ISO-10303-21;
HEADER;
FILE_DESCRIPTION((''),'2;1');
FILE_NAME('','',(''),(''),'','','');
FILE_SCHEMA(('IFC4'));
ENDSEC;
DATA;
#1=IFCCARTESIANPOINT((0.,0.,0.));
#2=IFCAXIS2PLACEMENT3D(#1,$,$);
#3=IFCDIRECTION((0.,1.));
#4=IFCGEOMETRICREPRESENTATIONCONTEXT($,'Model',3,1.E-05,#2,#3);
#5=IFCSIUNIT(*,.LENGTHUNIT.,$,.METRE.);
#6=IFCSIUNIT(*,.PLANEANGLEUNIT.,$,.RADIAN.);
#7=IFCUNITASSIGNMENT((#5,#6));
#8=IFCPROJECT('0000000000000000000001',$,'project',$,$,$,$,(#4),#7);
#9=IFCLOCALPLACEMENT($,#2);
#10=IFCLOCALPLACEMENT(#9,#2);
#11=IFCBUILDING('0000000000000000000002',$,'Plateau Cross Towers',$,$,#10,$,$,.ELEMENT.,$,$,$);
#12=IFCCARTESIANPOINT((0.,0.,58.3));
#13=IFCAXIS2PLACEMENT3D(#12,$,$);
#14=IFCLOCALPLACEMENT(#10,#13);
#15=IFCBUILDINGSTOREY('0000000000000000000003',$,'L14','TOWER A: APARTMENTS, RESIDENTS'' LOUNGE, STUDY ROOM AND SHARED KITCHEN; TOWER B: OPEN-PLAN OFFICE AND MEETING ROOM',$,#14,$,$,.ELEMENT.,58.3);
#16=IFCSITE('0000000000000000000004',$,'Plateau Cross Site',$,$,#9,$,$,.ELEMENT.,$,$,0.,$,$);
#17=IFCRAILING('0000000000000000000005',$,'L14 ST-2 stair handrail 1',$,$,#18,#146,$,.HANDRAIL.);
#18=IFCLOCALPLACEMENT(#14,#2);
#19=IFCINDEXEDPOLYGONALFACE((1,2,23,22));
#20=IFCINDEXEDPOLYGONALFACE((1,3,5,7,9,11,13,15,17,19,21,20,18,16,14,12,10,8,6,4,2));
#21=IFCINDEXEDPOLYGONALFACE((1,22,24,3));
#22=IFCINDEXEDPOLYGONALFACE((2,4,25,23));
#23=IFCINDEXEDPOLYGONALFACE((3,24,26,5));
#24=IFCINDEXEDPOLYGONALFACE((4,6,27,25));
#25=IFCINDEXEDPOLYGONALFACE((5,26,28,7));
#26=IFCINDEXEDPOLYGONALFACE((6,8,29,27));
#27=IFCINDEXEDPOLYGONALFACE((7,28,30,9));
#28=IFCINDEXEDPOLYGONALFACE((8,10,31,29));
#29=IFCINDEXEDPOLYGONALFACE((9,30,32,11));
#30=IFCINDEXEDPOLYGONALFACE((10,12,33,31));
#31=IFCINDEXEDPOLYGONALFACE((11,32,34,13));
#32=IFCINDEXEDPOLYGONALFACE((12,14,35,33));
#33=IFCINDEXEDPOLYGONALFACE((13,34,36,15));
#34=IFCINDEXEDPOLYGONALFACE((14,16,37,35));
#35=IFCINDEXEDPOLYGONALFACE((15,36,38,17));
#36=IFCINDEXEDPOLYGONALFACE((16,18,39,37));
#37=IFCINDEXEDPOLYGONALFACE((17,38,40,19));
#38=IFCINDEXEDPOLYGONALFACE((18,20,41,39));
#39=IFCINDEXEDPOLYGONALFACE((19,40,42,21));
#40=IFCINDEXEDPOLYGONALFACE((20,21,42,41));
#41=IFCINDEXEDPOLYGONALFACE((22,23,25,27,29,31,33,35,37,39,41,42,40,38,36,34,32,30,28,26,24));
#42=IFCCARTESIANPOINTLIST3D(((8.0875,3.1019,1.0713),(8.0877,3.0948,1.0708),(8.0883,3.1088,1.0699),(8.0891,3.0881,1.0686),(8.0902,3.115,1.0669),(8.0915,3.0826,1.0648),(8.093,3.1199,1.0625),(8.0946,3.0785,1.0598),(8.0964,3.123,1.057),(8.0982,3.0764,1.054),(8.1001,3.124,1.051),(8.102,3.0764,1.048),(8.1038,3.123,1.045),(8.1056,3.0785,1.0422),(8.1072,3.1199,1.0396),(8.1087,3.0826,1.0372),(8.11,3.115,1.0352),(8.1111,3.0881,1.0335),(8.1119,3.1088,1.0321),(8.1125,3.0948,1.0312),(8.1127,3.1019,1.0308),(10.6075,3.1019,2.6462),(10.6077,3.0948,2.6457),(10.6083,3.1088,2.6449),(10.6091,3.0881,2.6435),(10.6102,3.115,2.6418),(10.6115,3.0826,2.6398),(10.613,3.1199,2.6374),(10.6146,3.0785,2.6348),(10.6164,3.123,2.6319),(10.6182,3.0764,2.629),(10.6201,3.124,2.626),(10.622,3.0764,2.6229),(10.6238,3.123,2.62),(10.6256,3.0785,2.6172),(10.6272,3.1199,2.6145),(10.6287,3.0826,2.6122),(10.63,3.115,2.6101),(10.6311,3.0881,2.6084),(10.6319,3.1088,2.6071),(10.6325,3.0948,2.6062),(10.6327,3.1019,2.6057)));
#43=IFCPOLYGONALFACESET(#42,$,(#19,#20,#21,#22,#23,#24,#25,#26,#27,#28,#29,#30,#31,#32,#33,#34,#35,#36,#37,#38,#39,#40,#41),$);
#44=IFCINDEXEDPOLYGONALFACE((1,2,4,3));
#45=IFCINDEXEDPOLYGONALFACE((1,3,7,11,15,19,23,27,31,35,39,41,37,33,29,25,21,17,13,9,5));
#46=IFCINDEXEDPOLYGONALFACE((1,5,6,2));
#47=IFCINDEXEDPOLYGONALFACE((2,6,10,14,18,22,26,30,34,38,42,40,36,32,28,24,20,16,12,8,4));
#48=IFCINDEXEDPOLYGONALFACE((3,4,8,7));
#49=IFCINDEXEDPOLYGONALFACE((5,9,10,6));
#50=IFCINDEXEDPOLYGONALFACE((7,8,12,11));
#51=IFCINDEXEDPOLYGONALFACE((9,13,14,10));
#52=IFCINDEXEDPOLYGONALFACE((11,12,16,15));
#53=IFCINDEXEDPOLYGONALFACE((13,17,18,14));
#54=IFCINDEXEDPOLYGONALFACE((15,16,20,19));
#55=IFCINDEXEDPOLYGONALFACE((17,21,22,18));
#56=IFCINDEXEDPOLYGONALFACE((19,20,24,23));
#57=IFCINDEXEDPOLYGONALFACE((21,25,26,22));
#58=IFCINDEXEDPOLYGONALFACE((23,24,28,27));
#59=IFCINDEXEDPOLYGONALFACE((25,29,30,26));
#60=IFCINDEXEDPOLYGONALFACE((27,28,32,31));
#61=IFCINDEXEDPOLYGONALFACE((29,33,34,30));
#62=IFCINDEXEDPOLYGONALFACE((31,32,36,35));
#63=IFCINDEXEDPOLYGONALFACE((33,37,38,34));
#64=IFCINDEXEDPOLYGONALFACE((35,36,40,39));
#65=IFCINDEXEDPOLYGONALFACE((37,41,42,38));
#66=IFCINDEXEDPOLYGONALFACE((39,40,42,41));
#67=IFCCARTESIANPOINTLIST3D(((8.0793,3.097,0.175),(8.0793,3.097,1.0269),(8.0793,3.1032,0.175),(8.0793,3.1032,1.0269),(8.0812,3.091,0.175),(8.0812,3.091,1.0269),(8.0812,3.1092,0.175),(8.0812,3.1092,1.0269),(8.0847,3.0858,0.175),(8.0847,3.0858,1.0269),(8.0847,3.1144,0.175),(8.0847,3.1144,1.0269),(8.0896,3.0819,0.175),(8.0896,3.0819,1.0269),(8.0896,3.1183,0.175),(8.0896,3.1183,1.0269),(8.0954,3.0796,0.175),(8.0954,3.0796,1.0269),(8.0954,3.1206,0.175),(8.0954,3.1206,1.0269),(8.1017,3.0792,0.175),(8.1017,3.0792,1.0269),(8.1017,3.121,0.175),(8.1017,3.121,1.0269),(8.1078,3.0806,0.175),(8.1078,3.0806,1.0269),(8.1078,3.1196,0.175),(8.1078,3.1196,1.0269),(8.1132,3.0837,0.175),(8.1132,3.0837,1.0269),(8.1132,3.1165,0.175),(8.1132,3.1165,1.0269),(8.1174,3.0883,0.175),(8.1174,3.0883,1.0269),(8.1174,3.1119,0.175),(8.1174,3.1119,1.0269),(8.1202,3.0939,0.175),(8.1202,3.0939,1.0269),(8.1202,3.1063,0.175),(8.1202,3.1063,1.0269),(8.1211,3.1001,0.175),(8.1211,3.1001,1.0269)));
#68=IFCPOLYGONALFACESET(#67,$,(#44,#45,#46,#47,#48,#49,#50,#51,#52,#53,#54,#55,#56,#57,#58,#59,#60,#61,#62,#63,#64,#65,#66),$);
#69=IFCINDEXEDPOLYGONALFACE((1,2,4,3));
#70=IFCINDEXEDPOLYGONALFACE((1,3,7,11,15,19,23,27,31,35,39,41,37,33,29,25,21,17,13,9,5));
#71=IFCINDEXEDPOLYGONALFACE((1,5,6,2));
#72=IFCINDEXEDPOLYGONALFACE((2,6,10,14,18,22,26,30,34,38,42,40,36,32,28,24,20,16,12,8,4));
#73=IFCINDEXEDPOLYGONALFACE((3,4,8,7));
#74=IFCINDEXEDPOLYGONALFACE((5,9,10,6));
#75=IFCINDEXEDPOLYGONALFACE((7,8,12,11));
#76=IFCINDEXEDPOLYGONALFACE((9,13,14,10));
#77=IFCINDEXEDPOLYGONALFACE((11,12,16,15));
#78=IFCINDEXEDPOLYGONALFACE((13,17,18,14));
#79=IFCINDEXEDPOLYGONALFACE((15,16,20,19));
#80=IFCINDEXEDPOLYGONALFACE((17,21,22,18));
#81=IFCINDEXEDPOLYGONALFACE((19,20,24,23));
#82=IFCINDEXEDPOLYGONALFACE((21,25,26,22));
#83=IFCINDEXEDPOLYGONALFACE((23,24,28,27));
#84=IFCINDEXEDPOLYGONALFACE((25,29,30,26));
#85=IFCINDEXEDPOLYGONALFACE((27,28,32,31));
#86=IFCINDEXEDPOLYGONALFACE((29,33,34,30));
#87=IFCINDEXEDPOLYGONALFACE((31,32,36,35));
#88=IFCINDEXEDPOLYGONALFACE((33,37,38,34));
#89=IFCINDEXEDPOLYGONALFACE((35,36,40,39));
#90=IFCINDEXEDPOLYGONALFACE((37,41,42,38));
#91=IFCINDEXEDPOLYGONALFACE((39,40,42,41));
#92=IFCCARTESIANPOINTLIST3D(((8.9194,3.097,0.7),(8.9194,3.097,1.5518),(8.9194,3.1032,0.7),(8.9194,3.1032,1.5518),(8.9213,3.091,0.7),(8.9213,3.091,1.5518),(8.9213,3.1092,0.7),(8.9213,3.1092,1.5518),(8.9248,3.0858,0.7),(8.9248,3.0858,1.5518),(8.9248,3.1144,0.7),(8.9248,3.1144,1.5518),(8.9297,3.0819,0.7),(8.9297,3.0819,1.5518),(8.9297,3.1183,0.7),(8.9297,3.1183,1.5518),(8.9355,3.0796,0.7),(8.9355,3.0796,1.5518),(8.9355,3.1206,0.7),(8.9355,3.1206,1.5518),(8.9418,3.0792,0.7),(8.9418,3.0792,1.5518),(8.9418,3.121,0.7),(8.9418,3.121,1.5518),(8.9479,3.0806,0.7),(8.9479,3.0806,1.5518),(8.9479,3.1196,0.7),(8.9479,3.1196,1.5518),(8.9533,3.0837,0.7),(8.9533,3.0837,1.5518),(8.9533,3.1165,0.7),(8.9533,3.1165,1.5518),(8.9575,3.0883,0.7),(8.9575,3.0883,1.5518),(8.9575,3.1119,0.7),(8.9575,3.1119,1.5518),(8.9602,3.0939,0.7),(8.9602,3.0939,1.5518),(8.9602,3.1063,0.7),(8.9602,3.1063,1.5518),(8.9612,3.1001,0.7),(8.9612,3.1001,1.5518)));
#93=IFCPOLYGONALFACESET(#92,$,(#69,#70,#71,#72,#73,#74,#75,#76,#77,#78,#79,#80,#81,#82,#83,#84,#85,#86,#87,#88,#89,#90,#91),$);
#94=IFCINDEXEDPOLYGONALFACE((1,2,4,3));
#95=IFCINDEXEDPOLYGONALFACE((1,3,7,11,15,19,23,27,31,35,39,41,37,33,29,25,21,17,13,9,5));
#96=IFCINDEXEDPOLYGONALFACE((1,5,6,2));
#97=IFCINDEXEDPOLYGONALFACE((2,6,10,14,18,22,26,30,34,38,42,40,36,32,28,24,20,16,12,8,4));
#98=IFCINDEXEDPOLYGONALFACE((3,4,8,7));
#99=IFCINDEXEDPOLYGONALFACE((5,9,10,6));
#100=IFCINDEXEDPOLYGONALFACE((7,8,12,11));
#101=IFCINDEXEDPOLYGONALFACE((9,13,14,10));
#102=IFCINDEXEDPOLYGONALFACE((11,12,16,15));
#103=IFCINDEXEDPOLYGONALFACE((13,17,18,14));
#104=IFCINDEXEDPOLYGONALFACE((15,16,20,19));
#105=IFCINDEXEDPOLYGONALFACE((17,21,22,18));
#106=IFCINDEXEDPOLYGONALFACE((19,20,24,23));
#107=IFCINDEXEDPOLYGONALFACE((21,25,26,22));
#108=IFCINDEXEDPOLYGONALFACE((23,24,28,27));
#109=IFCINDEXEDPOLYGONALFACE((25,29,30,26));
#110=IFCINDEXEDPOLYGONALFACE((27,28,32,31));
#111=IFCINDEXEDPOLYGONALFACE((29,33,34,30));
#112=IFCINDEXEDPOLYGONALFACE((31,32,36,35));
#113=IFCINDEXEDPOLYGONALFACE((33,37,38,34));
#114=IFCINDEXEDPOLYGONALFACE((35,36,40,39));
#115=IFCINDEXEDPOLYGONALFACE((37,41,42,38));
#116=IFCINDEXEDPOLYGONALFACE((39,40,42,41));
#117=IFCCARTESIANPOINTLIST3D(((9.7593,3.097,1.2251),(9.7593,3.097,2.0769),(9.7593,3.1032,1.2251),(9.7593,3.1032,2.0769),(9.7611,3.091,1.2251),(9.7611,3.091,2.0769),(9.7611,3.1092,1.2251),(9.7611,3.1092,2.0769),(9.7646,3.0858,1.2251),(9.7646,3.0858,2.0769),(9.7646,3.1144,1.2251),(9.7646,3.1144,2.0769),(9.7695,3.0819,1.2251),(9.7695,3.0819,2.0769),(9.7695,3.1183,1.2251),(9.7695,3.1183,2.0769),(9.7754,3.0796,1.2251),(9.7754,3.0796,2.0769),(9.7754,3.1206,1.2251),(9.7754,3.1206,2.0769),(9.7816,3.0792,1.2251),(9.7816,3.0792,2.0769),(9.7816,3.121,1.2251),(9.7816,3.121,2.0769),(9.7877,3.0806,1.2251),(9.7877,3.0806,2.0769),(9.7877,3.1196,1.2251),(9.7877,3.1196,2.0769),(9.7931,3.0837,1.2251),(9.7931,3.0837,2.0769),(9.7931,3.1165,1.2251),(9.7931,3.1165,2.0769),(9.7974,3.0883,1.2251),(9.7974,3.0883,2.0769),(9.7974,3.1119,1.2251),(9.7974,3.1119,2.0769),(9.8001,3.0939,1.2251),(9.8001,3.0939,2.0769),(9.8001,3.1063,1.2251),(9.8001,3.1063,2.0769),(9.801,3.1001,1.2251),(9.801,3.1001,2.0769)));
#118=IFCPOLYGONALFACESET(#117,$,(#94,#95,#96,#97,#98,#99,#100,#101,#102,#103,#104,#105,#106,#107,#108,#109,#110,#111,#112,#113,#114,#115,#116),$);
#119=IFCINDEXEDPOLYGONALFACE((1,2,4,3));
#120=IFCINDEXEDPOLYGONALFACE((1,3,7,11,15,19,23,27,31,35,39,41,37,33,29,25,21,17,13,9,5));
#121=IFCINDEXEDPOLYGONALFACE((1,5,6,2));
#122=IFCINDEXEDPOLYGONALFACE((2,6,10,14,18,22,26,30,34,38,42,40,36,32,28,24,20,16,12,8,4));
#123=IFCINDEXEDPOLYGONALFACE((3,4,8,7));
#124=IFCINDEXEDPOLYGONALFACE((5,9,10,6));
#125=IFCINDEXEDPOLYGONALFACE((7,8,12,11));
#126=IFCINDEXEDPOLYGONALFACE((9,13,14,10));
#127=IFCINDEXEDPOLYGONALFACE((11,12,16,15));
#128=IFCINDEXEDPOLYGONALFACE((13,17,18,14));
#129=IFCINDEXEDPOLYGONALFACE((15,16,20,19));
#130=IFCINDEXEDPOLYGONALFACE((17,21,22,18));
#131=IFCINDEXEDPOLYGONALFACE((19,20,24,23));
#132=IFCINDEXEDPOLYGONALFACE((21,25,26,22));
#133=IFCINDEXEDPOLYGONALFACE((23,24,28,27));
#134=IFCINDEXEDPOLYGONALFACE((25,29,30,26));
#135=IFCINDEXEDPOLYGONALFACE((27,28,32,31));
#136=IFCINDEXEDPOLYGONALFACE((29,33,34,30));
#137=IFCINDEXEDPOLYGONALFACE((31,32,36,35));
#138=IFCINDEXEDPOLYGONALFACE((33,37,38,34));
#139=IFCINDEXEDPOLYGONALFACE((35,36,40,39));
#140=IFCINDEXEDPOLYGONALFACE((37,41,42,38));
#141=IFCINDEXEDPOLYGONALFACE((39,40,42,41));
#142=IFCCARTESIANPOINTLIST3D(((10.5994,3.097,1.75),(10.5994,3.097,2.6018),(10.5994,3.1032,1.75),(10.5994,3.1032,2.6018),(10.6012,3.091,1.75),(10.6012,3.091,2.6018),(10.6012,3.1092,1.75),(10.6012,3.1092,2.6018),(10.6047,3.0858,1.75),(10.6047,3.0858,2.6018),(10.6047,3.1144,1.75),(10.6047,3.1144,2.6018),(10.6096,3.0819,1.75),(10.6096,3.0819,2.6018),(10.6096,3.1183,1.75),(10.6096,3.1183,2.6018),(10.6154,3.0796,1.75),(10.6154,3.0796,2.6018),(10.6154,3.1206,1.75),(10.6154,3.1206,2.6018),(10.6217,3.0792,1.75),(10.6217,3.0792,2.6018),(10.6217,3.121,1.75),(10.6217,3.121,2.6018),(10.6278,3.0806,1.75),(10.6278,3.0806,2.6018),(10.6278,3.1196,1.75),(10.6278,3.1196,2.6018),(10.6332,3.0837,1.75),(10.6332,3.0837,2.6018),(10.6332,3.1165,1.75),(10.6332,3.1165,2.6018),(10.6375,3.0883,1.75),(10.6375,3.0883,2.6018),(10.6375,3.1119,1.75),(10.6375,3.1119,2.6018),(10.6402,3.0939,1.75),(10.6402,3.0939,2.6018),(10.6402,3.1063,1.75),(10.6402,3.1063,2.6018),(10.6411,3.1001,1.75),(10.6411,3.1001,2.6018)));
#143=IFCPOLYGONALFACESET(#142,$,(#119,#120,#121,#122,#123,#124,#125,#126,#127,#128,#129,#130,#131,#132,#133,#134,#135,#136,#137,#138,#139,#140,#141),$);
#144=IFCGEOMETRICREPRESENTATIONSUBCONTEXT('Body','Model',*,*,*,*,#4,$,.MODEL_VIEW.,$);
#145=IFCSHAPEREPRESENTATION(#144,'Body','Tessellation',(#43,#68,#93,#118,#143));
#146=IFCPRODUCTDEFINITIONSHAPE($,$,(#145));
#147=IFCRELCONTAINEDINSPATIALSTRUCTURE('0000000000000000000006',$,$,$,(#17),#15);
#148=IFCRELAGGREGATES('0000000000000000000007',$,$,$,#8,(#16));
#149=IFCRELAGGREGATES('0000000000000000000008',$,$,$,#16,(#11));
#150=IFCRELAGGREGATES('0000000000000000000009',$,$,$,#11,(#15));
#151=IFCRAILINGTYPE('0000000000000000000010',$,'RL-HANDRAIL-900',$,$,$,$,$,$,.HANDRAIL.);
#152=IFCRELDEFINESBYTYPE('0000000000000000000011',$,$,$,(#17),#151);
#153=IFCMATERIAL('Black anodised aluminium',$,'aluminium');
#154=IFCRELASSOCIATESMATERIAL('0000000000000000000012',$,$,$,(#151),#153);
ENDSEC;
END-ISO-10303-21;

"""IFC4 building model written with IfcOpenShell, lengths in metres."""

from ifc_helpers import new_model, si_unit, direction, frame, origin, origin_2d, place, context, subcontext, project, spatial, circle, extrude, material, type_object, element, save


model = new_model("IFC4")

# Units and contexts
model_context = context("Model", 3, precision=1e-05, world=origin(), true_north=direction((0.0, 1.0)))
body_context = subcontext(model_context, "Body", "Model", "MODEL_VIEW")
ifc_project = project(units=[si_unit("LENGTHUNIT", "METRE"), si_unit("PLANEANGLEUNIT", "RADIAN")], contexts=[model_context])

# Site, building, storey
site_placement = place(None, origin())
site = spatial("IfcSite", under=ifc_project, at=site_placement, Name="Plateau Cross Site", CompositionType="ELEMENT", RefElevation=0.0)
building_placement = place(site_placement, origin())
building = spatial("IfcBuilding", under=site, at=building_placement, Name="Plateau Cross Towers", CompositionType="ELEMENT")
storey_placement = place(building_placement, frame((0.0, 0.0, 58.3)))
storey = spatial("IfcBuildingStorey", under=building, at=storey_placement, Name="L14", Description="TOWER A: APARTMENTS, RESIDENTS' LOUNGE, STUDY ROOM AND SHARED KITCHEN; TOWER B: OPEN-PLAN OFFICE AND MEETING ROOM", CompositionType="ELEMENT", Elevation=58.3)

# Shared definitions
ifc_material_1 = material(Name="Black anodised aluminium", Category="aluminium")

# Railing
railing_type_1 = type_object("IfcRailingType", Name="RL-HANDRAIL-900", PredefinedType="HANDRAIL", material=ifc_material_1)
railing_1_placement = place(storey_placement, frame((8.1001, 3.1001, 0.175)))
element("IfcRailing", 1, at=railing_1_placement, inside=storey, type_object=railing_type_1, Name="L14 ST-2 stair handrail 1", PredefinedType="HANDRAIL", context=body_context, shape_type="SweptSolid", body=[
    extrude(circle(Radius=0.0239, at=origin_2d()), frame((0.0, 0.0, 0.876), z_axis=(0.848008, 0.0, 0.529984), x_axis=(0.0, 1.0, 0.0)), (0.0, 0.0, 1.0), 2.9717),
    extrude(circle(Radius=0.021, at=origin_2d()), origin(), (0.0, 0.0, 1.0), 0.8518),
    extrude(circle(Radius=0.021, at=origin_2d()), frame((0.8401, 0.0, 0.5249)), (0.0, 0.0, 1.0), 0.8518),
    extrude(circle(Radius=0.021, at=origin_2d()), frame((1.6799, 0.0, 1.05)), (0.0, 0.0, 1.0), 0.8518),
    extrude(circle(Radius=0.021, at=origin_2d()), frame((2.52, 0.0, 1.575)), (0.0, 0.0, 1.0), 0.8518),
])

save(model, "model.ifc")
